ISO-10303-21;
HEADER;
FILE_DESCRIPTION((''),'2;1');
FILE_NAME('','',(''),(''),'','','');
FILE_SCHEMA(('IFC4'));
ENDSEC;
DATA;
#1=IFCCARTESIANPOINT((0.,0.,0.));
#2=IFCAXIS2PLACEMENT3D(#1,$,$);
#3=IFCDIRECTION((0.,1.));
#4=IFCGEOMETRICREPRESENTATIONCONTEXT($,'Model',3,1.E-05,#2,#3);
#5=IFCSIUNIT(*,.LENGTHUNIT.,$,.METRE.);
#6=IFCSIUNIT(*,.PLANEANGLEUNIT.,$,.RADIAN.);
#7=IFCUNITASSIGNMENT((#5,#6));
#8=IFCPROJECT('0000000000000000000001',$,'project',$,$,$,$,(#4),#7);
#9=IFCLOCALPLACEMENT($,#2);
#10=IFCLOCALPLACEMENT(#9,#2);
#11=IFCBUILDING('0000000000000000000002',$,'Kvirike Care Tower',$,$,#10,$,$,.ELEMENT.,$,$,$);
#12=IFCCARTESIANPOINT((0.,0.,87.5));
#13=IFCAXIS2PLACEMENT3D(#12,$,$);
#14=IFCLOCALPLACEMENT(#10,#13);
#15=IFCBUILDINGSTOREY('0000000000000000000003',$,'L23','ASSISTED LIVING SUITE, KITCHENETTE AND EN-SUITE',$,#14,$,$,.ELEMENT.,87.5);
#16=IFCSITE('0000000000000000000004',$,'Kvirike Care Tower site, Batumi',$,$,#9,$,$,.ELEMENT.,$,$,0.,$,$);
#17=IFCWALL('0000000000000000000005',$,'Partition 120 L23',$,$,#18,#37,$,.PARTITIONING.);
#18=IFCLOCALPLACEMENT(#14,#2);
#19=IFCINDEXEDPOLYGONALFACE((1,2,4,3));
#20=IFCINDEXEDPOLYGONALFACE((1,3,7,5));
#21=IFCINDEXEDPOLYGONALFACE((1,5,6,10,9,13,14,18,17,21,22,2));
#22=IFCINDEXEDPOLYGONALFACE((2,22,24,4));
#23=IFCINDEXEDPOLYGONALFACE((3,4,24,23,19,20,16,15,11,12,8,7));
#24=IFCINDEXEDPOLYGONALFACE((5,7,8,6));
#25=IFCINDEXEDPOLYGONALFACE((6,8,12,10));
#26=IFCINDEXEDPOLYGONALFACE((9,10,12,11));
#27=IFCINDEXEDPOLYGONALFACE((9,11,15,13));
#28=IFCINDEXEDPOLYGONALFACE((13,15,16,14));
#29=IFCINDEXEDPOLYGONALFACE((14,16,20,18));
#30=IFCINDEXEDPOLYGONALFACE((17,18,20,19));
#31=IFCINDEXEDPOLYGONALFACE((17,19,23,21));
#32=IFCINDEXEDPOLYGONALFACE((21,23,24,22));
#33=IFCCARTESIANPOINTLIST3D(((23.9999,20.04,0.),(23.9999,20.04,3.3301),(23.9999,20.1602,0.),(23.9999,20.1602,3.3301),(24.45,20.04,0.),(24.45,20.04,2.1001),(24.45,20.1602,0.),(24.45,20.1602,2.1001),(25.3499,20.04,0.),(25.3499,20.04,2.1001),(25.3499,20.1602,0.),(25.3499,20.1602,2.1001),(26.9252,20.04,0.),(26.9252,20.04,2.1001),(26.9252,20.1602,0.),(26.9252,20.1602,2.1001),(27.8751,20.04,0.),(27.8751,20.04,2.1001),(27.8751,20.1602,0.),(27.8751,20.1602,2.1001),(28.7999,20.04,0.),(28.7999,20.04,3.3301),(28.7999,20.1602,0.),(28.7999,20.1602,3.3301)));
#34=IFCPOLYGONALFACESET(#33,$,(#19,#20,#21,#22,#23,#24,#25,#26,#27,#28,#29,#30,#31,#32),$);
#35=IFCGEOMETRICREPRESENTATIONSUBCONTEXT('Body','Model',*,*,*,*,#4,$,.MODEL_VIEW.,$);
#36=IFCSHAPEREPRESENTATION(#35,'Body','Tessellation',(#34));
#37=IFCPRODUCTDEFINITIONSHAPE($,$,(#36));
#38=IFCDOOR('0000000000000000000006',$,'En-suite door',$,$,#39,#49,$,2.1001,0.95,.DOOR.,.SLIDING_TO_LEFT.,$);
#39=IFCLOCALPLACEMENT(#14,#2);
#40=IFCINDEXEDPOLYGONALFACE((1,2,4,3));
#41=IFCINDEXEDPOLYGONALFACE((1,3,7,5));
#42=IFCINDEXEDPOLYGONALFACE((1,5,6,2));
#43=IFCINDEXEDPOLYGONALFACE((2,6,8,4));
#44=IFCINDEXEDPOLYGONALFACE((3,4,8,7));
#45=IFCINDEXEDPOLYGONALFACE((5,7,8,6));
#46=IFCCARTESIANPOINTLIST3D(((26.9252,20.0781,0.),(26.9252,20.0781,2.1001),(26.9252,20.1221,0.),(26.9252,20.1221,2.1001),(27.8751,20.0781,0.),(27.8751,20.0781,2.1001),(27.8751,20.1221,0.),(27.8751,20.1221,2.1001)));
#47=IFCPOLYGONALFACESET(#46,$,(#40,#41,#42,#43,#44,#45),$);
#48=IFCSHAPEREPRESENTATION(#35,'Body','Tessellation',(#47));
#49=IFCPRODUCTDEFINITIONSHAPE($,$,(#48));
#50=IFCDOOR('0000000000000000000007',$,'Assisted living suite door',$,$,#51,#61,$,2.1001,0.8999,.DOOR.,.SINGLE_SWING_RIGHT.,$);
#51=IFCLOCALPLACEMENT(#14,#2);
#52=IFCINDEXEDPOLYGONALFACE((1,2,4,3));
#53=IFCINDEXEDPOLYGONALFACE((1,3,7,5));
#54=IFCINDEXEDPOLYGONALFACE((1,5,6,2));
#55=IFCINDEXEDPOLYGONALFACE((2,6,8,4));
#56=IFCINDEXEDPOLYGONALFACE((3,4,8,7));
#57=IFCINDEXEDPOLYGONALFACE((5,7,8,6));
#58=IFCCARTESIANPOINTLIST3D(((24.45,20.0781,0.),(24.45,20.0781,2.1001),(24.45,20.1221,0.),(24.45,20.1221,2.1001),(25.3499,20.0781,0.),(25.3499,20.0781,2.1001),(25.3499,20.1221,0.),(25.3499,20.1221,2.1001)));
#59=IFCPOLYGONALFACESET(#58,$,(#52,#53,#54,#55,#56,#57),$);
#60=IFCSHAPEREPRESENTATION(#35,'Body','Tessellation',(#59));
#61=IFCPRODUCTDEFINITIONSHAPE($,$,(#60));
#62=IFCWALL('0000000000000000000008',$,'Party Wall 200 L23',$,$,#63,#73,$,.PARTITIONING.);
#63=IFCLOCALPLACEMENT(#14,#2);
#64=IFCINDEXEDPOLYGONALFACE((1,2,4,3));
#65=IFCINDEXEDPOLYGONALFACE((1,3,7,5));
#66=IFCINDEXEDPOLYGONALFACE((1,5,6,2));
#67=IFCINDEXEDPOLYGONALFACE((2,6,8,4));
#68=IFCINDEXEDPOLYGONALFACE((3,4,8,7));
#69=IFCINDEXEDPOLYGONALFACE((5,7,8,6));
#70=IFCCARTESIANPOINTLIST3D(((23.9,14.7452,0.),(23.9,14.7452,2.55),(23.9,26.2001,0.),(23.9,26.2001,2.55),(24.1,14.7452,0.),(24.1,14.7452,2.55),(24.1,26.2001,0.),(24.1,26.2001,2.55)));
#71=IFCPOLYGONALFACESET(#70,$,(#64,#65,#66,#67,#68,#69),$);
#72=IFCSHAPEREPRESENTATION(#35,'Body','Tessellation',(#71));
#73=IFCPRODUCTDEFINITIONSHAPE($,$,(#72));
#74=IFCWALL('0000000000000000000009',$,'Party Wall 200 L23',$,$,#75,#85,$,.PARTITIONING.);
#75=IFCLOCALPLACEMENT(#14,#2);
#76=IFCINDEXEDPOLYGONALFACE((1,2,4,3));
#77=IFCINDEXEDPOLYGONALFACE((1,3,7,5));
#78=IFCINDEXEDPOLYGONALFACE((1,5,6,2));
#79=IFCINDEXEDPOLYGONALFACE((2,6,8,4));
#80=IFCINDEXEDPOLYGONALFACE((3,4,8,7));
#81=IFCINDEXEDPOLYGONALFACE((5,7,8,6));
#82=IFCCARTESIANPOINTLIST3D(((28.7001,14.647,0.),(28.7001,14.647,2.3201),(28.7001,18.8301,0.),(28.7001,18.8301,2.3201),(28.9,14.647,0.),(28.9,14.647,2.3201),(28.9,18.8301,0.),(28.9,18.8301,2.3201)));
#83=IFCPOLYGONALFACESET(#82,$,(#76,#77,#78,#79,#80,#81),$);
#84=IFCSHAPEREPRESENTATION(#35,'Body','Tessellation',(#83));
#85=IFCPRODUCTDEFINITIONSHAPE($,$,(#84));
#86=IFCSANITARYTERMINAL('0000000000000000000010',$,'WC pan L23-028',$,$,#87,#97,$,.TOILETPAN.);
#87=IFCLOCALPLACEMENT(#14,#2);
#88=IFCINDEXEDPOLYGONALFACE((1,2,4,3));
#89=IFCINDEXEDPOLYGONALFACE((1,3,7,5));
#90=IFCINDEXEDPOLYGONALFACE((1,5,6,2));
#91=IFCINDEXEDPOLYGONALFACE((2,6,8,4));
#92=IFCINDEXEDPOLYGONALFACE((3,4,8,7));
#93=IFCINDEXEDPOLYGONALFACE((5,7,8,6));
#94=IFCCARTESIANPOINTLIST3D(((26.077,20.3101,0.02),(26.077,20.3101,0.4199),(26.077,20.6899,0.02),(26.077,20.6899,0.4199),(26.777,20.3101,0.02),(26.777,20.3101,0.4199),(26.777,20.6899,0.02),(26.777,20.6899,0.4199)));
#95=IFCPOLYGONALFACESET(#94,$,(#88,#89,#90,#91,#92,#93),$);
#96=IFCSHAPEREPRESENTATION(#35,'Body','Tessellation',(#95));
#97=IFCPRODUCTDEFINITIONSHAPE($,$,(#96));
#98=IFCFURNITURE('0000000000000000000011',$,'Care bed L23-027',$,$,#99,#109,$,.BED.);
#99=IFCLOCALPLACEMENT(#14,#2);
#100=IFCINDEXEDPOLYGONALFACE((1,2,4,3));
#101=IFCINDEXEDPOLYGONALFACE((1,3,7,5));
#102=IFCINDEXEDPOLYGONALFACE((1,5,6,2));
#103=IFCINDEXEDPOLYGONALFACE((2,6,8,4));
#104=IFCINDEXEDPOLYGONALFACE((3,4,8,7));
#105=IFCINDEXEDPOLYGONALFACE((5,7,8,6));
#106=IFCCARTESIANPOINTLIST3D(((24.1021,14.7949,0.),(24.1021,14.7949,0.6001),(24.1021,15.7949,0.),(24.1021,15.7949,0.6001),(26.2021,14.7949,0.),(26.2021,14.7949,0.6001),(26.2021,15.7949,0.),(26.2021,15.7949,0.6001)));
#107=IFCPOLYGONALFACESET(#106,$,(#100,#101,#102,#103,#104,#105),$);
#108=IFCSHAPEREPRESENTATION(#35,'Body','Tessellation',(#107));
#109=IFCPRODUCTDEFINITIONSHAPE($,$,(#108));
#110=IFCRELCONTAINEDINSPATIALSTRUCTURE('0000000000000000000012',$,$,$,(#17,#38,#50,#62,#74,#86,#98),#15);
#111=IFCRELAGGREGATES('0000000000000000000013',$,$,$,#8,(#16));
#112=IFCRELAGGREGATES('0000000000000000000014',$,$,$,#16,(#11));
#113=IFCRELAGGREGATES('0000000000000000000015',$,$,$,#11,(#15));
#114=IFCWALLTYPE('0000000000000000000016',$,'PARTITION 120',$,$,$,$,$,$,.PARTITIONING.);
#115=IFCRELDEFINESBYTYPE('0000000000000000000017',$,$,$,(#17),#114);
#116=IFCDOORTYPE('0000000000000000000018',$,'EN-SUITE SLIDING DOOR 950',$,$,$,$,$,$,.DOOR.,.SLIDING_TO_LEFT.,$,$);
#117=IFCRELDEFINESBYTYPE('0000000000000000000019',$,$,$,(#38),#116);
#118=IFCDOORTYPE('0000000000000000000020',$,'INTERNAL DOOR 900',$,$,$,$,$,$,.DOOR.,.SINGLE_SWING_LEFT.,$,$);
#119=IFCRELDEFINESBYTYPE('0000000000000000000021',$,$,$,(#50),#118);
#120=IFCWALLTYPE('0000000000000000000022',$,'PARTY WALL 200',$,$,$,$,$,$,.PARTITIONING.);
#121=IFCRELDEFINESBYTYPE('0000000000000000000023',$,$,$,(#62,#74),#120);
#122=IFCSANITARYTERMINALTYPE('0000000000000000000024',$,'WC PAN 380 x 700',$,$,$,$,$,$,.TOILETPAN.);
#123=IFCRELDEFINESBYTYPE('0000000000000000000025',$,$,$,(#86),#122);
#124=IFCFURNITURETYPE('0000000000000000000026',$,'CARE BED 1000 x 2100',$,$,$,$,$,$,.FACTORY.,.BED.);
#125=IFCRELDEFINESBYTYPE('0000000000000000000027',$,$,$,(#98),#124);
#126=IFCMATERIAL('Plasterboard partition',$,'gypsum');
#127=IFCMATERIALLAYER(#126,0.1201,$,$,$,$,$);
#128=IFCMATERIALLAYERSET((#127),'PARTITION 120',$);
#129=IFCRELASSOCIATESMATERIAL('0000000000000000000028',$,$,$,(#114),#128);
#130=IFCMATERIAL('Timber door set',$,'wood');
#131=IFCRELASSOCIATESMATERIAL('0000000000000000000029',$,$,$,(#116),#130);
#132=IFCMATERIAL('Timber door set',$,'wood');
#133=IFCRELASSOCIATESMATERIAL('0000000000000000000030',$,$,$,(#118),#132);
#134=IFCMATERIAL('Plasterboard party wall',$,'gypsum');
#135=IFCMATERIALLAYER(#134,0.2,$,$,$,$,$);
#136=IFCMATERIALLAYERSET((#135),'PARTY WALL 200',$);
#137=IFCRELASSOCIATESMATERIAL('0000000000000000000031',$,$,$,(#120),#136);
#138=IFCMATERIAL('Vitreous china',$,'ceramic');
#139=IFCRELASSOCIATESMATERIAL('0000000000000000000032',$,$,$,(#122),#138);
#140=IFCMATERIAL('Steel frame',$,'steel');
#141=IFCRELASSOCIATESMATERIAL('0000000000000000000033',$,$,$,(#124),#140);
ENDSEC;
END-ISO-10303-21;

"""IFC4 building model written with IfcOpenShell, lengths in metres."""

from ifc_helpers import new_model, si_unit, direction, frame, frame_2d, origin, origin_2d, place, context, subcontext, project, spatial, rectangle, extrude, material, layer, layer_set, type_object, element, fill, save


model = new_model("IFC4")

# Units and contexts
model_context = context("Model", 3, precision=1e-05, world=origin(), true_north=direction((0.0, 1.0)))
body_context = subcontext(model_context, "Body", "Model", "MODEL_VIEW")
ifc_project = project(units=[si_unit("LENGTHUNIT", "METRE"), si_unit("PLANEANGLEUNIT", "RADIAN")], contexts=[model_context])

# Site, building, storey
site_placement = place(None, origin())
site = spatial("IfcSite", under=ifc_project, at=site_placement, Name="Kvirike Care Tower site, Batumi", CompositionType="ELEMENT", RefElevation=0.0)
building_placement = place(site_placement, origin())
building = spatial("IfcBuilding", under=site, at=building_placement, Name="Kvirike Care Tower", CompositionType="ELEMENT")
storey_placement = place(building_placement, frame((0.0, 0.0, 87.5)))
storey = spatial("IfcBuildingStorey", under=building, at=storey_placement, Name="L23", Description="ASSISTED LIVING SUITE, KITCHENETTE AND EN-SUITE", CompositionType="ELEMENT", Elevation=87.5)

# Wall, openings, doors
ifc_material_1 = material(Name="Plasterboard partition", Category="gypsum")
ifc_layer_1 = layer(ifc_material_1, 0.1201)
ifc_layer_set_1 = layer_set([ifc_layer_1], Name="PARTITION 120")
wall_type_1 = type_object("IfcWallType", Name="PARTITION 120", PredefinedType="PARTITIONING", material=ifc_layer_set_1)
wall_1_placement = place(storey_placement, frame((24.0, 20.1001, 0.0), z_axis=(0.0, 0.0, 1.0), x_axis=(1.0, 0.0, 0.0)))
wall_1 = element("IfcWall", 1, at=wall_1_placement, inside=storey, type_object=wall_type_1, Name="Partition 120 L23", PredefinedType="PARTITIONING", context=body_context, shape_type="SweptSolid", body=[
    extrude(rectangle(XDim=4.8, YDim=0.1201, at=frame_2d((2.3999, 0.0))), origin(), (0.0, 0.0, 1.0), 3.3301),
])
opening_1_placement = place(wall_1_placement, frame((0.45, 0.0, 0.0)))
opening_1 = element("IfcOpeningElement", 2, at=opening_1_placement, cuts=wall_1, PredefinedType="OPENING", context=body_context, shape_type="SweptSolid", body=[
    extrude(rectangle(XDim=0.8999, YDim=2.1001, at=frame_2d((0.45, 1.05))), frame((0.0, 0.0706, 0.0), z_axis=(0.0, -1.0, 0.0), x_axis=(1.0, 0.0, 0.0)), (0.0, 0.0, 1.0), 0.1411),
])
opening_2_placement = place(wall_1_placement, frame((2.925, 0.0, 0.0)))
opening_2 = element("IfcOpeningElement", 3, at=opening_2_placement, cuts=wall_1, PredefinedType="OPENING", context=body_context, shape_type="SweptSolid", body=[
    extrude(rectangle(XDim=0.95, YDim=2.1001, at=frame_2d((0.4751, 1.05))), frame((0.0, 0.0706, 0.0), z_axis=(0.0, -1.0, 0.0), x_axis=(1.0, 0.0, 0.0)), (0.0, 0.0, 1.0), 0.1411),
])
ifc_material_2 = material(Name="Timber door set", Category="wood")
door_type_1 = type_object("IfcDoorType", Name="EN-SUITE SLIDING DOOR 950", OperationType="SLIDING_TO_LEFT", PredefinedType="DOOR", material=ifc_material_2)
door_1_placement = place(opening_2_placement, origin())
door_1 = element("IfcDoor", 4, at=door_1_placement, inside=storey, type_object=door_type_1, Name="En-suite door", OperationType="SLIDING_TO_LEFT", OverallHeight=2.1001, OverallWidth=0.95, PredefinedType="DOOR", context=body_context, shape_type="SweptSolid", body=[
    extrude(rectangle(XDim=0.95, YDim=2.1001, at=frame_2d((0.4751, 1.05))), frame((0.0, 0.022, 0.0), z_axis=(0.0, -1.0, 0.0), x_axis=(1.0, 0.0, 0.0)), (0.0, 0.0, 1.0), 0.0439),
])
fill(opening_2, door_1)
ifc_material_3 = material(Name="Timber door set", Category="wood")
door_type_2 = type_object("IfcDoorType", Name="INTERNAL DOOR 900", OperationType="SINGLE_SWING_LEFT", PredefinedType="DOOR", material=ifc_material_3)
door_2_placement = place(opening_1_placement, origin())
door_2 = element("IfcDoor", 5, at=door_2_placement, inside=storey, type_object=door_type_2, Name="Assisted living suite door", OperationType="SINGLE_SWING_RIGHT", OverallHeight=2.1001, OverallWidth=0.8999, PredefinedType="DOOR", context=body_context, shape_type="SweptSolid", body=[
    extrude(rectangle(XDim=0.8999, YDim=2.1001, at=frame_2d((0.45, 1.05))), frame((0.0, 0.022, 0.0), z_axis=(0.0, -1.0, 0.0), x_axis=(1.0, 0.0, 0.0)), (0.0, 0.0, 1.0), 0.0439),
])
fill(opening_1, door_2)

# Walls
ifc_material_4 = material(Name="Plasterboard party wall", Category="gypsum")
ifc_layer_2 = layer(ifc_material_4, 0.2)
ifc_layer_set_2 = layer_set([ifc_layer_2], Name="PARTY WALL 200")
wall_type_2 = type_object("IfcWallType", Name="PARTY WALL 200", PredefinedType="PARTITIONING", material=ifc_layer_set_2)
wall_2_placement = place(storey_placement, frame((24.0, 14.7451, 0.0), z_axis=(0.0, 0.0, 1.0), x_axis=(0.0, 1.0, 0.0)))
element("IfcWall", 6, at=wall_2_placement, inside=storey, type_object=wall_type_2, Name="Party Wall 200 L23", PredefinedType="PARTITIONING", context=body_context, shape_type="SweptSolid", body=[
    extrude(rectangle(XDim=11.4548, YDim=0.2, at=frame_2d((5.7275, 0.0))), origin(), (0.0, 0.0, 1.0), 2.55),
])
wall_3_placement = place(storey_placement, frame((28.8, 14.647, 0.0), z_axis=(0.0, 0.0, 1.0), x_axis=(0.0, 1.0, 0.0)))
element("IfcWall", 7, at=wall_3_placement, inside=storey, type_object=wall_type_2, Name="Party Wall 200 L23", PredefinedType="PARTITIONING", context=body_context, shape_type="SweptSolid", body=[
    extrude(rectangle(XDim=4.1831, YDim=0.2, at=frame_2d((2.0916, 0.0))), origin(), (0.0, 0.0, 1.0), 2.3201),
])

# Sanitary terminal
ifc_material_5 = material(Name="Vitreous china", Category="ceramic")
sanitary_terminal_type = type_object("IfcSanitaryTerminalType", Name="WC PAN 380 x 700", PredefinedType="TOILETPAN", material=ifc_material_5)
sanitary_terminal_placement = place(storey_placement, frame((26.427, 20.5, 0.02), z_axis=(0.0, 0.0, 1.0), x_axis=(0.0, 1.0, 0.0)))
element("IfcSanitaryTerminal", 8, at=sanitary_terminal_placement, inside=storey, type_object=sanitary_terminal_type, Name="WC pan L23-028", PredefinedType="TOILETPAN", context=body_context, shape_type="SweptSolid", body=[
    extrude(rectangle(XDim=0.3799, YDim=0.7, at=origin_2d()), origin(), (0.0, 0.0, 1.0), 0.3999),
])

# Furniture
ifc_material_6 = material(Name="Steel frame", Category="steel")
furniture_type = type_object("IfcFurnitureType", Name="CARE BED 1000 x 2100", AssemblyPlace="FACTORY", PredefinedType="BED", material=ifc_material_6)
furniture_placement = place(storey_placement, frame((25.1521, 15.2949, 0.0), z_axis=(0.0, 0.0, 1.0), x_axis=(0.0, 1.0, 0.0)))
element("IfcFurniture", 9, at=furniture_placement, inside=storey, type_object=furniture_type, Name="Care bed L23-027", PredefinedType="BED", context=body_context, shape_type="SweptSolid", body=[
    extrude(rectangle(XDim=1.0, YDim=2.1001, at=origin_2d()), origin(), (0.0, 0.0, 1.0), 0.6001),
])

save(model, "model.ifc")
